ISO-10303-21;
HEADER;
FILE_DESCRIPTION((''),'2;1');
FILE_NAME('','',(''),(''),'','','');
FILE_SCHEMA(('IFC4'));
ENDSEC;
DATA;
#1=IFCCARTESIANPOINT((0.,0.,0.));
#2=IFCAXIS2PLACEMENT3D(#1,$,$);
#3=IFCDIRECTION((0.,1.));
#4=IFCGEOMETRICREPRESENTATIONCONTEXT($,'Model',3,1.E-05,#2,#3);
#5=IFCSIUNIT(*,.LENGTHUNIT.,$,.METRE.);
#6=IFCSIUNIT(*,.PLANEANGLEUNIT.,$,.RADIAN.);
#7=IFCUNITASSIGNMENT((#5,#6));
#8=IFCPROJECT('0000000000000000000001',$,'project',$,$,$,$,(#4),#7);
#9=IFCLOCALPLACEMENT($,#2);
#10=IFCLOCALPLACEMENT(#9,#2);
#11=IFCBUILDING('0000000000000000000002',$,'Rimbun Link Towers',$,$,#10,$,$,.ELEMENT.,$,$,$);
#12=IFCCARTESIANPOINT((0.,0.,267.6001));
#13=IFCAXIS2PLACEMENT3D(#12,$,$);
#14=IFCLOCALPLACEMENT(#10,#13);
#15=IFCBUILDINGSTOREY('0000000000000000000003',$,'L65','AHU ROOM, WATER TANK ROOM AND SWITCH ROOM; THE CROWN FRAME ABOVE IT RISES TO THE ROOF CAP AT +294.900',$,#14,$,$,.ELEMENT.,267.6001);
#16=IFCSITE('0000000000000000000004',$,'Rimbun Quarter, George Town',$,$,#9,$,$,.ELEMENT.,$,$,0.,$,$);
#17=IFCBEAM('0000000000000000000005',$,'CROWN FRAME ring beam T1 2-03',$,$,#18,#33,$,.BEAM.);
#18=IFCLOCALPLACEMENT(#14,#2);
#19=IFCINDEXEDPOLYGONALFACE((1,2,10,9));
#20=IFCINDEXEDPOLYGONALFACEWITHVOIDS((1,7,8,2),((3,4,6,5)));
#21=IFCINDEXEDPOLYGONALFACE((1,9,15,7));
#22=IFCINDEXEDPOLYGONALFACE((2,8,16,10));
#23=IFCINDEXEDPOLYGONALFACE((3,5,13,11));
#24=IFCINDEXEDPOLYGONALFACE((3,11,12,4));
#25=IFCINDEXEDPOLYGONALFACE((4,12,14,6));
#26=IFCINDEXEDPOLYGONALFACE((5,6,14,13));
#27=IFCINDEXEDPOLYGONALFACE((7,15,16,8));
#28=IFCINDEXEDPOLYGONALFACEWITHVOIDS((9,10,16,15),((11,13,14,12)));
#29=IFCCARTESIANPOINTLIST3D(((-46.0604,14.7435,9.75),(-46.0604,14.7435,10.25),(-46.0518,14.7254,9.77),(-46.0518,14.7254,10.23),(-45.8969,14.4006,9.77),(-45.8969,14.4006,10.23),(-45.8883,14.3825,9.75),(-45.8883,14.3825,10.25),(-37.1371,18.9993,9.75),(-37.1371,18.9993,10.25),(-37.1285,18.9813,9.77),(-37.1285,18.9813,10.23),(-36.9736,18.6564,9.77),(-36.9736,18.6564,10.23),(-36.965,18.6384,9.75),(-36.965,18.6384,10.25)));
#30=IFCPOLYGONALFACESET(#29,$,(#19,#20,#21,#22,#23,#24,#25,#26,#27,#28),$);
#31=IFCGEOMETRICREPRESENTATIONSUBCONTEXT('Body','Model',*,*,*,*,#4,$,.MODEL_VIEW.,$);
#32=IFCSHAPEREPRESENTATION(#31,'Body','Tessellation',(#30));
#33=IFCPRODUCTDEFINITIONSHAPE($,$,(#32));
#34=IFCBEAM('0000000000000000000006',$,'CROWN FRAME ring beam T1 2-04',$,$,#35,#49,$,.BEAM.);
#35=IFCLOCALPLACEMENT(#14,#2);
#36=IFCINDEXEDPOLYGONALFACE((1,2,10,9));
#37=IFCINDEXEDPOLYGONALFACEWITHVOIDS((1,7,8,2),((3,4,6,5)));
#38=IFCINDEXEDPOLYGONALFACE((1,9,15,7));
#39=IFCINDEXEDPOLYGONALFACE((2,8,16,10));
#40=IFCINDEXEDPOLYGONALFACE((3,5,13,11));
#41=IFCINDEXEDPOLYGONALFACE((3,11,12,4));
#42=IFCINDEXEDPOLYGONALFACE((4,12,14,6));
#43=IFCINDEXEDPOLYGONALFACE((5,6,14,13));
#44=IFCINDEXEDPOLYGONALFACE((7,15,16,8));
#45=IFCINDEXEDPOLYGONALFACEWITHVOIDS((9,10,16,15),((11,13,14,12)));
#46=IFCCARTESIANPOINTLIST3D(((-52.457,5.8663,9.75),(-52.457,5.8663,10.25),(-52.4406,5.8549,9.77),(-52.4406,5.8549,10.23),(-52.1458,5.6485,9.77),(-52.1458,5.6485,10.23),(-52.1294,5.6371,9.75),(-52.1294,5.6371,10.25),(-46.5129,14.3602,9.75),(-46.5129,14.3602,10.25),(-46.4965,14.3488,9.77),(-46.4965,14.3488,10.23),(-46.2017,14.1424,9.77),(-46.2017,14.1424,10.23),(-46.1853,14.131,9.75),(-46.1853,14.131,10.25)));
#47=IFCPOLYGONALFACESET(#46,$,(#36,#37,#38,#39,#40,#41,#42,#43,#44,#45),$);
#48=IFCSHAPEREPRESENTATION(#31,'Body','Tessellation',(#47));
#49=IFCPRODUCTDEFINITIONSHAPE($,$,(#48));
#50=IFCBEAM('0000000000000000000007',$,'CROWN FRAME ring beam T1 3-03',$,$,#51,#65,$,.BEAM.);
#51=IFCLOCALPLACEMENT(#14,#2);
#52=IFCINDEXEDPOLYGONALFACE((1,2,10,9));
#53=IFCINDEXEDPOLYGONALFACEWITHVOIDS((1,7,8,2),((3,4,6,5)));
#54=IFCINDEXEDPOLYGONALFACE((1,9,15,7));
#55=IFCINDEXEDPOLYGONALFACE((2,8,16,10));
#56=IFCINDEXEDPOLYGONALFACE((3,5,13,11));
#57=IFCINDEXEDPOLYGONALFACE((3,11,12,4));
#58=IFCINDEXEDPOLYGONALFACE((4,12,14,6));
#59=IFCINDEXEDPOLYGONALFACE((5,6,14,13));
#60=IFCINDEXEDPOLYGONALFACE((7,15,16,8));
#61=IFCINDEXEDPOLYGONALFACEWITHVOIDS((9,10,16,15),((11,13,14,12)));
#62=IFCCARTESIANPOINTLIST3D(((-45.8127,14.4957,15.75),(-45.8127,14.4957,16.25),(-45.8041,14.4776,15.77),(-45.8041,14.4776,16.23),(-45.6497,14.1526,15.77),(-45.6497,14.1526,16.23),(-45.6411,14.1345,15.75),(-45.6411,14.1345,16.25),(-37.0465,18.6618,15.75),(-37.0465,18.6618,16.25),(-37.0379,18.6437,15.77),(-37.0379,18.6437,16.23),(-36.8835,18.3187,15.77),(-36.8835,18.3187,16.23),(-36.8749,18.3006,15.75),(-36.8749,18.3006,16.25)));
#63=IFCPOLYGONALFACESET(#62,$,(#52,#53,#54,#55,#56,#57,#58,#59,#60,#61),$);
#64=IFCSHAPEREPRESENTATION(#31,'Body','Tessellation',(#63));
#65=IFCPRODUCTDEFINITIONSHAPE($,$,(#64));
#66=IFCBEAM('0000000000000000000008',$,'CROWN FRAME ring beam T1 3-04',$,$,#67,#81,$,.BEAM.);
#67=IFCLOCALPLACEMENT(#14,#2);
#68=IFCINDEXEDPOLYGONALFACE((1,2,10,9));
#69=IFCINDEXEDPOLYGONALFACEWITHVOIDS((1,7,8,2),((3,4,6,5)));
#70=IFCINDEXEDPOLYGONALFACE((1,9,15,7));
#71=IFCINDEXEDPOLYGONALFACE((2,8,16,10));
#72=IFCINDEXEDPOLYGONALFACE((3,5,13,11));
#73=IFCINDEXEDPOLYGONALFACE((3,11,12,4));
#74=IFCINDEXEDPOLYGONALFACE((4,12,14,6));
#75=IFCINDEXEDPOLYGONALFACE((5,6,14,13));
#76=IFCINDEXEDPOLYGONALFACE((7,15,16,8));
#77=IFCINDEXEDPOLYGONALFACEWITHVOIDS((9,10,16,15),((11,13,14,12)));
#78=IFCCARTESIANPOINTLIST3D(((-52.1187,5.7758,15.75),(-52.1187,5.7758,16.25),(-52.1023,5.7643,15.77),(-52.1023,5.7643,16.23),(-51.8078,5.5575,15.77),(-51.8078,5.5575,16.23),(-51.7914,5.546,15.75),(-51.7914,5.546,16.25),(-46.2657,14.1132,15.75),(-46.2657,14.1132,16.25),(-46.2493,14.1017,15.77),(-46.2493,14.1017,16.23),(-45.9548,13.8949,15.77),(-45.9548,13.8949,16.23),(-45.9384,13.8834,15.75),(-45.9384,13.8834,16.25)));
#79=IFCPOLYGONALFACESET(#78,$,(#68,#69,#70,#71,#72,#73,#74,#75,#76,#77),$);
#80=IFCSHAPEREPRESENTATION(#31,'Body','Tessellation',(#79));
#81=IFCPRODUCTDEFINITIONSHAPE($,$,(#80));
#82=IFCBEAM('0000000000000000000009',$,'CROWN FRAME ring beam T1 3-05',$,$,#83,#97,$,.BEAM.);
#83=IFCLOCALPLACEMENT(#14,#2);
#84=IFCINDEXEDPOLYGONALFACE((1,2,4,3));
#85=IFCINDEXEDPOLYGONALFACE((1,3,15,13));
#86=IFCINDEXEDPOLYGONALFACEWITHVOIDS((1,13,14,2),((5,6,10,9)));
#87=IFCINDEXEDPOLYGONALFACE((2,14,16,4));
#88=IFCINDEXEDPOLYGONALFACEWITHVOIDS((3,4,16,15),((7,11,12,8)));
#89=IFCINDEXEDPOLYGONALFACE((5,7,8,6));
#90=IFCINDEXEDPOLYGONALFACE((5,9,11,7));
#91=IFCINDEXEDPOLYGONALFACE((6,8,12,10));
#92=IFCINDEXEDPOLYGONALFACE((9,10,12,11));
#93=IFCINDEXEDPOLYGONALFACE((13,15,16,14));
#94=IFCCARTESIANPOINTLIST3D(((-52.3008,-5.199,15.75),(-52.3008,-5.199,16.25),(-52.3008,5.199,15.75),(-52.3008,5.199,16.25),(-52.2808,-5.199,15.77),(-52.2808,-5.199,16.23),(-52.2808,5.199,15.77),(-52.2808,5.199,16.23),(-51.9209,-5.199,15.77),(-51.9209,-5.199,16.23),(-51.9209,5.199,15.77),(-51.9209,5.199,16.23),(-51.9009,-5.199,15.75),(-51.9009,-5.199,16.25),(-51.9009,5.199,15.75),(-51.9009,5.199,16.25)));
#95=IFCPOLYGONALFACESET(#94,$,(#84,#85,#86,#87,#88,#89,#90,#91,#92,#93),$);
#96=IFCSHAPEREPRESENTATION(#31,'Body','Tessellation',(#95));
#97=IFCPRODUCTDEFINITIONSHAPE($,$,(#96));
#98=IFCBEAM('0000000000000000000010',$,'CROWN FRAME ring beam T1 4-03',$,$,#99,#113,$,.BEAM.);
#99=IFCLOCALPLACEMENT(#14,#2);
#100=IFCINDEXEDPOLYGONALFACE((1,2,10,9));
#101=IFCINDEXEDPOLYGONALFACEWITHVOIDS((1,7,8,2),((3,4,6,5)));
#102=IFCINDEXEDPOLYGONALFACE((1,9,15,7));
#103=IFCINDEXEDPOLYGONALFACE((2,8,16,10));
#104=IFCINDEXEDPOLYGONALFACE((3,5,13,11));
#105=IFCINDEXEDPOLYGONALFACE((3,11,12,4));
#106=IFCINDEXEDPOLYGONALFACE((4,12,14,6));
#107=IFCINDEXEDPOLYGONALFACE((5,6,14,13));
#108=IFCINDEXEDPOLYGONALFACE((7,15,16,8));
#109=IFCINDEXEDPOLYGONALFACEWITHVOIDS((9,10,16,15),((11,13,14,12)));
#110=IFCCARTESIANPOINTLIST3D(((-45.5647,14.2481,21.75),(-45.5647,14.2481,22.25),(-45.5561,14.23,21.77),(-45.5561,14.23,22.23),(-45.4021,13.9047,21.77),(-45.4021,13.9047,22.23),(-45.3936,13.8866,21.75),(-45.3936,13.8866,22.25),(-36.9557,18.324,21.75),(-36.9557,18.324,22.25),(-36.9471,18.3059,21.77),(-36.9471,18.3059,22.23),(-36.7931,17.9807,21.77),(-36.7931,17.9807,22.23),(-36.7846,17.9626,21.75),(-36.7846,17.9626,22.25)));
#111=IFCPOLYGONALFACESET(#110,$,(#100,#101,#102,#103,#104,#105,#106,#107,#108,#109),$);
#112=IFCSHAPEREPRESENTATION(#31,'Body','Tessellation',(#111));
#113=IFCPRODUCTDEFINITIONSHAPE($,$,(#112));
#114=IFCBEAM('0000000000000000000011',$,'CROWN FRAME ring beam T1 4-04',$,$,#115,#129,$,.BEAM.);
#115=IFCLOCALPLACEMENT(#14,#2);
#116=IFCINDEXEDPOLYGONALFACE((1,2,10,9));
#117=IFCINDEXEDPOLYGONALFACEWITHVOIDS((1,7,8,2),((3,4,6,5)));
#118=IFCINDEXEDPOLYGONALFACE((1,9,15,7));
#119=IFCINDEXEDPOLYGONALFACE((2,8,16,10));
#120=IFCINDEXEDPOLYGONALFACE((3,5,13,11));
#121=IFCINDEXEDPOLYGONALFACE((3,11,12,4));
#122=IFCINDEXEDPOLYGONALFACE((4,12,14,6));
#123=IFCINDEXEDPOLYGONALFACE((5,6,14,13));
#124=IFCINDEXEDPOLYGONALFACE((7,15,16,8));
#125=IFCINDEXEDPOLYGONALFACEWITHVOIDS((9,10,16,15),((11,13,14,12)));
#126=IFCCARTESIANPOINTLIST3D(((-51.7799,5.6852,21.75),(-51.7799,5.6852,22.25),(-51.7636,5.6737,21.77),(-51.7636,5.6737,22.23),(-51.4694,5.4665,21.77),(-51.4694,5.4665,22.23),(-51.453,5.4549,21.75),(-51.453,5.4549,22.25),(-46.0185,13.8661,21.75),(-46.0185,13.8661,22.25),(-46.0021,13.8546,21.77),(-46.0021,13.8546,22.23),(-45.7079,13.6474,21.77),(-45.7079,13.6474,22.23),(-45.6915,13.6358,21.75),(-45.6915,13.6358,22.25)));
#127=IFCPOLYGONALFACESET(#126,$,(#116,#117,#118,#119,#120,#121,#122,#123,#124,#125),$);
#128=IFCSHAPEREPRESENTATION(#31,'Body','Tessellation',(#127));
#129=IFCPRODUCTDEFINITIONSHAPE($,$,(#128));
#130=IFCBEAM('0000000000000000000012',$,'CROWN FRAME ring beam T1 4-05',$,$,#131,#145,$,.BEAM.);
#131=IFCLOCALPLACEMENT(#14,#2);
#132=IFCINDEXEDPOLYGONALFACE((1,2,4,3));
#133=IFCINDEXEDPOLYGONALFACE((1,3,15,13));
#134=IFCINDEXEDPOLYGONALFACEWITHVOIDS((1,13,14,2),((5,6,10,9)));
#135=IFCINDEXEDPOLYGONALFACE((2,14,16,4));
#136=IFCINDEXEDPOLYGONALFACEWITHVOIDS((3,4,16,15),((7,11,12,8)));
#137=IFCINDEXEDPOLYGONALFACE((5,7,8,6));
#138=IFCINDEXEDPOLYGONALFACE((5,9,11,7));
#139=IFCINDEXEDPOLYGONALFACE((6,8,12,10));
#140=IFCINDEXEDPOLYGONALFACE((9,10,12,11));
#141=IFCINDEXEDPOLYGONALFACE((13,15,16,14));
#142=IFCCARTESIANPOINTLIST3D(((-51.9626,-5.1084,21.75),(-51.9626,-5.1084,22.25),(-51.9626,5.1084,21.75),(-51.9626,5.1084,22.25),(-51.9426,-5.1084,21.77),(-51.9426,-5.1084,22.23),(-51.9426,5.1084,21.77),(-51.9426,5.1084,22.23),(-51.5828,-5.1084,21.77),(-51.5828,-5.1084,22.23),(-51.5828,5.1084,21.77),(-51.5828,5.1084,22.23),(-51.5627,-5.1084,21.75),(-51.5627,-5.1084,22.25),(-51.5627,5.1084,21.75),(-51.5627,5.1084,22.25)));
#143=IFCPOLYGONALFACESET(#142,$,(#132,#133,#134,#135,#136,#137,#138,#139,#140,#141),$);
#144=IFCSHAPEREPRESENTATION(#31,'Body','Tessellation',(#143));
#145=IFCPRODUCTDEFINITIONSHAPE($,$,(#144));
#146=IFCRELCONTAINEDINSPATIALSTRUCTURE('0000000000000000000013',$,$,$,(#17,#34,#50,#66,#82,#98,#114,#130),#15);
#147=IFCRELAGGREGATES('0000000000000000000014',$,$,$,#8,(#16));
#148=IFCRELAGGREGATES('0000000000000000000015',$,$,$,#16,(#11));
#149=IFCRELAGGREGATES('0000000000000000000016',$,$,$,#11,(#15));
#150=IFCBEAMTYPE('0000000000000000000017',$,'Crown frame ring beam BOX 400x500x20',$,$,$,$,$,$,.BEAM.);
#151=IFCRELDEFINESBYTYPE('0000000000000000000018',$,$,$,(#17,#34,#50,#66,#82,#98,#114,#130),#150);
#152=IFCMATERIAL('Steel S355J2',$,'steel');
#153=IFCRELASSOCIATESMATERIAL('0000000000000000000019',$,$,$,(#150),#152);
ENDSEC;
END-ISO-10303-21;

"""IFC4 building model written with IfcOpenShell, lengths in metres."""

from ifc_helpers import new_model, si_unit, direction, frame, origin, origin_2d, place, context, subcontext, project, spatial, hollow_rectangle, extrude, material, material_profile, profile_set, type_object, element, save


model = new_model("IFC4")

# Units and contexts
model_context = context("Model", 3, precision=1e-05, world=origin(), true_north=direction((0.0, 1.0)))
body_context = subcontext(model_context, "Body", "Model", "MODEL_VIEW")
ifc_project = project(units=[si_unit("LENGTHUNIT", "METRE"), si_unit("PLANEANGLEUNIT", "RADIAN")], contexts=[model_context])

# Site, building, storey
site_placement = place(None, origin())
site = spatial("IfcSite", under=ifc_project, at=site_placement, Name="Rimbun Quarter, George Town", CompositionType="ELEMENT", RefElevation=0.0)
building_placement = place(site_placement, origin())
building = spatial("IfcBuilding", under=site, at=building_placement, Name="Rimbun Link Towers", CompositionType="ELEMENT")
storey_placement = place(building_placement, frame((0.0, 0.0, 267.6001)))
storey = spatial("IfcBuildingStorey", under=building, at=storey_placement, Name="L65", Description="AHU ROOM, WATER TANK ROOM AND SWITCH ROOM; THE CROWN FRAME ABOVE IT RISES TO THE ROOF CAP AT +294.900", CompositionType="ELEMENT", Elevation=267.6001)

# Beams
ifc_material_1 = material(Name="Steel S355J2", Category="steel")
ifc_material_profile_1 = material_profile(ifc_material_1, hollow_rectangle(XDim=0.3999, YDim=0.5, WallThickness=0.02, at=origin_2d()), Name="Crown frame ring beam BOX 400x500x20")
ifc_profile_set_1 = profile_set([ifc_material_profile_1], Name="Steel S355J2")
beam_type = type_object("IfcBeamType", Name="Crown frame ring beam BOX 400x500x20", PredefinedType="BEAM", material=ifc_profile_set_1)
beam_1_placement = place(storey_placement, frame((-37.051, 18.8188, 10.0), z_axis=(-0.902599, -0.430482, 0.0), x_axis=(0.430482, -0.902599, 0.0)))
element("IfcBeam", 1, at=beam_1_placement, inside=storey, type_object=beam_type, Name="CROWN FRAME ring beam T1 2-03", PredefinedType="BEAM", context=body_context, shape_type="SweptSolid", body=[
    extrude(hollow_rectangle(XDim=0.3999, YDim=0.5, WallThickness=0.02, at=origin_2d()), origin(), (0.0, 0.0, 1.0), 9.8862),
])
beam_2_placement = place(storey_placement, frame((-46.3491, 14.2456, 10.0), z_axis=(-0.573356, -0.819306, 0.0), x_axis=(0.819306, -0.573356, 0.0)))
element("IfcBeam", 2, at=beam_2_placement, inside=storey, type_object=beam_type, Name="CROWN FRAME ring beam T1 2-04", PredefinedType="BEAM", context=body_context, shape_type="SweptSolid", body=[
    extrude(hollow_rectangle(XDim=0.3999, YDim=0.5, WallThickness=0.02, at=origin_2d()), origin(), (0.0, 0.0, 1.0), 10.3672),
])
beam_3_placement = place(storey_placement, frame((-36.9607, 18.4812, 16.0), z_axis=(-0.903193, -0.429234, 0.0), x_axis=(0.429234, -0.903193, 0.0)))
element("IfcBeam", 3, at=beam_3_placement, inside=storey, type_object=beam_type, Name="CROWN FRAME ring beam T1 3-03", PredefinedType="BEAM", context=body_context, shape_type="SweptSolid", body=[
    extrude(hollow_rectangle(XDim=0.3999, YDim=0.5, WallThickness=0.02, at=origin_2d()), origin(), (0.0, 0.0, 1.0), 9.7058),
])
beam_4_placement = place(storey_placement, frame((-46.1021, 13.9983, 16.0), z_axis=(-0.574572, -0.818454, 0.0), x_axis=(0.818454, -0.574572, 0.0)))
element("IfcBeam", 4, at=beam_4_placement, inside=storey, type_object=beam_type, Name="CROWN FRAME ring beam T1 3-04", PredefinedType="BEAM", context=body_context, shape_type="SweptSolid", body=[
    extrude(hollow_rectangle(XDim=0.3999, YDim=0.5, WallThickness=0.02, at=origin_2d()), origin(), (0.0, 0.0, 1.0), 10.1868),
])
beam_5_placement = place(storey_placement, frame((-52.1008, 5.199, 16.0), z_axis=(0.0, -1.0, 0.0), x_axis=(1.0, 0.0, 0.0)))
element("IfcBeam", 5, at=beam_5_placement, inside=storey, type_object=beam_type, Name="CROWN FRAME ring beam T1 3-05", PredefinedType="BEAM", context=body_context, shape_type="SweptSolid", body=[
    extrude(hollow_rectangle(XDim=0.3999, YDim=0.5, WallThickness=0.02, at=origin_2d()), origin(), (0.0, 0.0, 1.0), 10.3979),
])
beam_6_placement = place(storey_placement, frame((-36.8701, 18.1433, 22.0), z_axis=(-0.903818, -0.427918, 0.0), x_axis=(0.427918, -0.903818, 0.0)))
element("IfcBeam", 6, at=beam_6_placement, inside=storey, type_object=beam_type, Name="CROWN FRAME ring beam T1 4-03", PredefinedType="BEAM", context=body_context, shape_type="SweptSolid", body=[
    extrude(hollow_rectangle(XDim=0.3999, YDim=0.5, WallThickness=0.02, at=origin_2d()), origin(), (0.0, 0.0, 1.0), 9.5251),
])
beam_7_placement = place(storey_placement, frame((-45.855, 13.751, 22.0), z_axis=(-0.575797, -0.817593, 0.0), x_axis=(0.817593, -0.575797, 0.0)))
element("IfcBeam", 7, at=beam_7_placement, inside=storey, type_object=beam_type, Name="CROWN FRAME ring beam T1 4-04", PredefinedType="BEAM", context=body_context, shape_type="SweptSolid", body=[
    extrude(hollow_rectangle(XDim=0.3999, YDim=0.5, WallThickness=0.02, at=origin_2d()), origin(), (0.0, 0.0, 1.0), 10.0061),
])
beam_8_placement = place(storey_placement, frame((-51.7627, 5.1084, 22.0), z_axis=(0.0, -1.0, 0.0), x_axis=(1.0, 0.0, 0.0)))
element("IfcBeam", 8, at=beam_8_placement, inside=storey, type_object=beam_type, Name="CROWN FRAME ring beam T1 4-05", PredefinedType="BEAM", context=body_context, shape_type="SweptSolid", body=[
    extrude(hollow_rectangle(XDim=0.3999, YDim=0.5, WallThickness=0.02, at=origin_2d()), origin(), (0.0, 0.0, 1.0), 10.2168),
])

save(model, "model.ifc")
